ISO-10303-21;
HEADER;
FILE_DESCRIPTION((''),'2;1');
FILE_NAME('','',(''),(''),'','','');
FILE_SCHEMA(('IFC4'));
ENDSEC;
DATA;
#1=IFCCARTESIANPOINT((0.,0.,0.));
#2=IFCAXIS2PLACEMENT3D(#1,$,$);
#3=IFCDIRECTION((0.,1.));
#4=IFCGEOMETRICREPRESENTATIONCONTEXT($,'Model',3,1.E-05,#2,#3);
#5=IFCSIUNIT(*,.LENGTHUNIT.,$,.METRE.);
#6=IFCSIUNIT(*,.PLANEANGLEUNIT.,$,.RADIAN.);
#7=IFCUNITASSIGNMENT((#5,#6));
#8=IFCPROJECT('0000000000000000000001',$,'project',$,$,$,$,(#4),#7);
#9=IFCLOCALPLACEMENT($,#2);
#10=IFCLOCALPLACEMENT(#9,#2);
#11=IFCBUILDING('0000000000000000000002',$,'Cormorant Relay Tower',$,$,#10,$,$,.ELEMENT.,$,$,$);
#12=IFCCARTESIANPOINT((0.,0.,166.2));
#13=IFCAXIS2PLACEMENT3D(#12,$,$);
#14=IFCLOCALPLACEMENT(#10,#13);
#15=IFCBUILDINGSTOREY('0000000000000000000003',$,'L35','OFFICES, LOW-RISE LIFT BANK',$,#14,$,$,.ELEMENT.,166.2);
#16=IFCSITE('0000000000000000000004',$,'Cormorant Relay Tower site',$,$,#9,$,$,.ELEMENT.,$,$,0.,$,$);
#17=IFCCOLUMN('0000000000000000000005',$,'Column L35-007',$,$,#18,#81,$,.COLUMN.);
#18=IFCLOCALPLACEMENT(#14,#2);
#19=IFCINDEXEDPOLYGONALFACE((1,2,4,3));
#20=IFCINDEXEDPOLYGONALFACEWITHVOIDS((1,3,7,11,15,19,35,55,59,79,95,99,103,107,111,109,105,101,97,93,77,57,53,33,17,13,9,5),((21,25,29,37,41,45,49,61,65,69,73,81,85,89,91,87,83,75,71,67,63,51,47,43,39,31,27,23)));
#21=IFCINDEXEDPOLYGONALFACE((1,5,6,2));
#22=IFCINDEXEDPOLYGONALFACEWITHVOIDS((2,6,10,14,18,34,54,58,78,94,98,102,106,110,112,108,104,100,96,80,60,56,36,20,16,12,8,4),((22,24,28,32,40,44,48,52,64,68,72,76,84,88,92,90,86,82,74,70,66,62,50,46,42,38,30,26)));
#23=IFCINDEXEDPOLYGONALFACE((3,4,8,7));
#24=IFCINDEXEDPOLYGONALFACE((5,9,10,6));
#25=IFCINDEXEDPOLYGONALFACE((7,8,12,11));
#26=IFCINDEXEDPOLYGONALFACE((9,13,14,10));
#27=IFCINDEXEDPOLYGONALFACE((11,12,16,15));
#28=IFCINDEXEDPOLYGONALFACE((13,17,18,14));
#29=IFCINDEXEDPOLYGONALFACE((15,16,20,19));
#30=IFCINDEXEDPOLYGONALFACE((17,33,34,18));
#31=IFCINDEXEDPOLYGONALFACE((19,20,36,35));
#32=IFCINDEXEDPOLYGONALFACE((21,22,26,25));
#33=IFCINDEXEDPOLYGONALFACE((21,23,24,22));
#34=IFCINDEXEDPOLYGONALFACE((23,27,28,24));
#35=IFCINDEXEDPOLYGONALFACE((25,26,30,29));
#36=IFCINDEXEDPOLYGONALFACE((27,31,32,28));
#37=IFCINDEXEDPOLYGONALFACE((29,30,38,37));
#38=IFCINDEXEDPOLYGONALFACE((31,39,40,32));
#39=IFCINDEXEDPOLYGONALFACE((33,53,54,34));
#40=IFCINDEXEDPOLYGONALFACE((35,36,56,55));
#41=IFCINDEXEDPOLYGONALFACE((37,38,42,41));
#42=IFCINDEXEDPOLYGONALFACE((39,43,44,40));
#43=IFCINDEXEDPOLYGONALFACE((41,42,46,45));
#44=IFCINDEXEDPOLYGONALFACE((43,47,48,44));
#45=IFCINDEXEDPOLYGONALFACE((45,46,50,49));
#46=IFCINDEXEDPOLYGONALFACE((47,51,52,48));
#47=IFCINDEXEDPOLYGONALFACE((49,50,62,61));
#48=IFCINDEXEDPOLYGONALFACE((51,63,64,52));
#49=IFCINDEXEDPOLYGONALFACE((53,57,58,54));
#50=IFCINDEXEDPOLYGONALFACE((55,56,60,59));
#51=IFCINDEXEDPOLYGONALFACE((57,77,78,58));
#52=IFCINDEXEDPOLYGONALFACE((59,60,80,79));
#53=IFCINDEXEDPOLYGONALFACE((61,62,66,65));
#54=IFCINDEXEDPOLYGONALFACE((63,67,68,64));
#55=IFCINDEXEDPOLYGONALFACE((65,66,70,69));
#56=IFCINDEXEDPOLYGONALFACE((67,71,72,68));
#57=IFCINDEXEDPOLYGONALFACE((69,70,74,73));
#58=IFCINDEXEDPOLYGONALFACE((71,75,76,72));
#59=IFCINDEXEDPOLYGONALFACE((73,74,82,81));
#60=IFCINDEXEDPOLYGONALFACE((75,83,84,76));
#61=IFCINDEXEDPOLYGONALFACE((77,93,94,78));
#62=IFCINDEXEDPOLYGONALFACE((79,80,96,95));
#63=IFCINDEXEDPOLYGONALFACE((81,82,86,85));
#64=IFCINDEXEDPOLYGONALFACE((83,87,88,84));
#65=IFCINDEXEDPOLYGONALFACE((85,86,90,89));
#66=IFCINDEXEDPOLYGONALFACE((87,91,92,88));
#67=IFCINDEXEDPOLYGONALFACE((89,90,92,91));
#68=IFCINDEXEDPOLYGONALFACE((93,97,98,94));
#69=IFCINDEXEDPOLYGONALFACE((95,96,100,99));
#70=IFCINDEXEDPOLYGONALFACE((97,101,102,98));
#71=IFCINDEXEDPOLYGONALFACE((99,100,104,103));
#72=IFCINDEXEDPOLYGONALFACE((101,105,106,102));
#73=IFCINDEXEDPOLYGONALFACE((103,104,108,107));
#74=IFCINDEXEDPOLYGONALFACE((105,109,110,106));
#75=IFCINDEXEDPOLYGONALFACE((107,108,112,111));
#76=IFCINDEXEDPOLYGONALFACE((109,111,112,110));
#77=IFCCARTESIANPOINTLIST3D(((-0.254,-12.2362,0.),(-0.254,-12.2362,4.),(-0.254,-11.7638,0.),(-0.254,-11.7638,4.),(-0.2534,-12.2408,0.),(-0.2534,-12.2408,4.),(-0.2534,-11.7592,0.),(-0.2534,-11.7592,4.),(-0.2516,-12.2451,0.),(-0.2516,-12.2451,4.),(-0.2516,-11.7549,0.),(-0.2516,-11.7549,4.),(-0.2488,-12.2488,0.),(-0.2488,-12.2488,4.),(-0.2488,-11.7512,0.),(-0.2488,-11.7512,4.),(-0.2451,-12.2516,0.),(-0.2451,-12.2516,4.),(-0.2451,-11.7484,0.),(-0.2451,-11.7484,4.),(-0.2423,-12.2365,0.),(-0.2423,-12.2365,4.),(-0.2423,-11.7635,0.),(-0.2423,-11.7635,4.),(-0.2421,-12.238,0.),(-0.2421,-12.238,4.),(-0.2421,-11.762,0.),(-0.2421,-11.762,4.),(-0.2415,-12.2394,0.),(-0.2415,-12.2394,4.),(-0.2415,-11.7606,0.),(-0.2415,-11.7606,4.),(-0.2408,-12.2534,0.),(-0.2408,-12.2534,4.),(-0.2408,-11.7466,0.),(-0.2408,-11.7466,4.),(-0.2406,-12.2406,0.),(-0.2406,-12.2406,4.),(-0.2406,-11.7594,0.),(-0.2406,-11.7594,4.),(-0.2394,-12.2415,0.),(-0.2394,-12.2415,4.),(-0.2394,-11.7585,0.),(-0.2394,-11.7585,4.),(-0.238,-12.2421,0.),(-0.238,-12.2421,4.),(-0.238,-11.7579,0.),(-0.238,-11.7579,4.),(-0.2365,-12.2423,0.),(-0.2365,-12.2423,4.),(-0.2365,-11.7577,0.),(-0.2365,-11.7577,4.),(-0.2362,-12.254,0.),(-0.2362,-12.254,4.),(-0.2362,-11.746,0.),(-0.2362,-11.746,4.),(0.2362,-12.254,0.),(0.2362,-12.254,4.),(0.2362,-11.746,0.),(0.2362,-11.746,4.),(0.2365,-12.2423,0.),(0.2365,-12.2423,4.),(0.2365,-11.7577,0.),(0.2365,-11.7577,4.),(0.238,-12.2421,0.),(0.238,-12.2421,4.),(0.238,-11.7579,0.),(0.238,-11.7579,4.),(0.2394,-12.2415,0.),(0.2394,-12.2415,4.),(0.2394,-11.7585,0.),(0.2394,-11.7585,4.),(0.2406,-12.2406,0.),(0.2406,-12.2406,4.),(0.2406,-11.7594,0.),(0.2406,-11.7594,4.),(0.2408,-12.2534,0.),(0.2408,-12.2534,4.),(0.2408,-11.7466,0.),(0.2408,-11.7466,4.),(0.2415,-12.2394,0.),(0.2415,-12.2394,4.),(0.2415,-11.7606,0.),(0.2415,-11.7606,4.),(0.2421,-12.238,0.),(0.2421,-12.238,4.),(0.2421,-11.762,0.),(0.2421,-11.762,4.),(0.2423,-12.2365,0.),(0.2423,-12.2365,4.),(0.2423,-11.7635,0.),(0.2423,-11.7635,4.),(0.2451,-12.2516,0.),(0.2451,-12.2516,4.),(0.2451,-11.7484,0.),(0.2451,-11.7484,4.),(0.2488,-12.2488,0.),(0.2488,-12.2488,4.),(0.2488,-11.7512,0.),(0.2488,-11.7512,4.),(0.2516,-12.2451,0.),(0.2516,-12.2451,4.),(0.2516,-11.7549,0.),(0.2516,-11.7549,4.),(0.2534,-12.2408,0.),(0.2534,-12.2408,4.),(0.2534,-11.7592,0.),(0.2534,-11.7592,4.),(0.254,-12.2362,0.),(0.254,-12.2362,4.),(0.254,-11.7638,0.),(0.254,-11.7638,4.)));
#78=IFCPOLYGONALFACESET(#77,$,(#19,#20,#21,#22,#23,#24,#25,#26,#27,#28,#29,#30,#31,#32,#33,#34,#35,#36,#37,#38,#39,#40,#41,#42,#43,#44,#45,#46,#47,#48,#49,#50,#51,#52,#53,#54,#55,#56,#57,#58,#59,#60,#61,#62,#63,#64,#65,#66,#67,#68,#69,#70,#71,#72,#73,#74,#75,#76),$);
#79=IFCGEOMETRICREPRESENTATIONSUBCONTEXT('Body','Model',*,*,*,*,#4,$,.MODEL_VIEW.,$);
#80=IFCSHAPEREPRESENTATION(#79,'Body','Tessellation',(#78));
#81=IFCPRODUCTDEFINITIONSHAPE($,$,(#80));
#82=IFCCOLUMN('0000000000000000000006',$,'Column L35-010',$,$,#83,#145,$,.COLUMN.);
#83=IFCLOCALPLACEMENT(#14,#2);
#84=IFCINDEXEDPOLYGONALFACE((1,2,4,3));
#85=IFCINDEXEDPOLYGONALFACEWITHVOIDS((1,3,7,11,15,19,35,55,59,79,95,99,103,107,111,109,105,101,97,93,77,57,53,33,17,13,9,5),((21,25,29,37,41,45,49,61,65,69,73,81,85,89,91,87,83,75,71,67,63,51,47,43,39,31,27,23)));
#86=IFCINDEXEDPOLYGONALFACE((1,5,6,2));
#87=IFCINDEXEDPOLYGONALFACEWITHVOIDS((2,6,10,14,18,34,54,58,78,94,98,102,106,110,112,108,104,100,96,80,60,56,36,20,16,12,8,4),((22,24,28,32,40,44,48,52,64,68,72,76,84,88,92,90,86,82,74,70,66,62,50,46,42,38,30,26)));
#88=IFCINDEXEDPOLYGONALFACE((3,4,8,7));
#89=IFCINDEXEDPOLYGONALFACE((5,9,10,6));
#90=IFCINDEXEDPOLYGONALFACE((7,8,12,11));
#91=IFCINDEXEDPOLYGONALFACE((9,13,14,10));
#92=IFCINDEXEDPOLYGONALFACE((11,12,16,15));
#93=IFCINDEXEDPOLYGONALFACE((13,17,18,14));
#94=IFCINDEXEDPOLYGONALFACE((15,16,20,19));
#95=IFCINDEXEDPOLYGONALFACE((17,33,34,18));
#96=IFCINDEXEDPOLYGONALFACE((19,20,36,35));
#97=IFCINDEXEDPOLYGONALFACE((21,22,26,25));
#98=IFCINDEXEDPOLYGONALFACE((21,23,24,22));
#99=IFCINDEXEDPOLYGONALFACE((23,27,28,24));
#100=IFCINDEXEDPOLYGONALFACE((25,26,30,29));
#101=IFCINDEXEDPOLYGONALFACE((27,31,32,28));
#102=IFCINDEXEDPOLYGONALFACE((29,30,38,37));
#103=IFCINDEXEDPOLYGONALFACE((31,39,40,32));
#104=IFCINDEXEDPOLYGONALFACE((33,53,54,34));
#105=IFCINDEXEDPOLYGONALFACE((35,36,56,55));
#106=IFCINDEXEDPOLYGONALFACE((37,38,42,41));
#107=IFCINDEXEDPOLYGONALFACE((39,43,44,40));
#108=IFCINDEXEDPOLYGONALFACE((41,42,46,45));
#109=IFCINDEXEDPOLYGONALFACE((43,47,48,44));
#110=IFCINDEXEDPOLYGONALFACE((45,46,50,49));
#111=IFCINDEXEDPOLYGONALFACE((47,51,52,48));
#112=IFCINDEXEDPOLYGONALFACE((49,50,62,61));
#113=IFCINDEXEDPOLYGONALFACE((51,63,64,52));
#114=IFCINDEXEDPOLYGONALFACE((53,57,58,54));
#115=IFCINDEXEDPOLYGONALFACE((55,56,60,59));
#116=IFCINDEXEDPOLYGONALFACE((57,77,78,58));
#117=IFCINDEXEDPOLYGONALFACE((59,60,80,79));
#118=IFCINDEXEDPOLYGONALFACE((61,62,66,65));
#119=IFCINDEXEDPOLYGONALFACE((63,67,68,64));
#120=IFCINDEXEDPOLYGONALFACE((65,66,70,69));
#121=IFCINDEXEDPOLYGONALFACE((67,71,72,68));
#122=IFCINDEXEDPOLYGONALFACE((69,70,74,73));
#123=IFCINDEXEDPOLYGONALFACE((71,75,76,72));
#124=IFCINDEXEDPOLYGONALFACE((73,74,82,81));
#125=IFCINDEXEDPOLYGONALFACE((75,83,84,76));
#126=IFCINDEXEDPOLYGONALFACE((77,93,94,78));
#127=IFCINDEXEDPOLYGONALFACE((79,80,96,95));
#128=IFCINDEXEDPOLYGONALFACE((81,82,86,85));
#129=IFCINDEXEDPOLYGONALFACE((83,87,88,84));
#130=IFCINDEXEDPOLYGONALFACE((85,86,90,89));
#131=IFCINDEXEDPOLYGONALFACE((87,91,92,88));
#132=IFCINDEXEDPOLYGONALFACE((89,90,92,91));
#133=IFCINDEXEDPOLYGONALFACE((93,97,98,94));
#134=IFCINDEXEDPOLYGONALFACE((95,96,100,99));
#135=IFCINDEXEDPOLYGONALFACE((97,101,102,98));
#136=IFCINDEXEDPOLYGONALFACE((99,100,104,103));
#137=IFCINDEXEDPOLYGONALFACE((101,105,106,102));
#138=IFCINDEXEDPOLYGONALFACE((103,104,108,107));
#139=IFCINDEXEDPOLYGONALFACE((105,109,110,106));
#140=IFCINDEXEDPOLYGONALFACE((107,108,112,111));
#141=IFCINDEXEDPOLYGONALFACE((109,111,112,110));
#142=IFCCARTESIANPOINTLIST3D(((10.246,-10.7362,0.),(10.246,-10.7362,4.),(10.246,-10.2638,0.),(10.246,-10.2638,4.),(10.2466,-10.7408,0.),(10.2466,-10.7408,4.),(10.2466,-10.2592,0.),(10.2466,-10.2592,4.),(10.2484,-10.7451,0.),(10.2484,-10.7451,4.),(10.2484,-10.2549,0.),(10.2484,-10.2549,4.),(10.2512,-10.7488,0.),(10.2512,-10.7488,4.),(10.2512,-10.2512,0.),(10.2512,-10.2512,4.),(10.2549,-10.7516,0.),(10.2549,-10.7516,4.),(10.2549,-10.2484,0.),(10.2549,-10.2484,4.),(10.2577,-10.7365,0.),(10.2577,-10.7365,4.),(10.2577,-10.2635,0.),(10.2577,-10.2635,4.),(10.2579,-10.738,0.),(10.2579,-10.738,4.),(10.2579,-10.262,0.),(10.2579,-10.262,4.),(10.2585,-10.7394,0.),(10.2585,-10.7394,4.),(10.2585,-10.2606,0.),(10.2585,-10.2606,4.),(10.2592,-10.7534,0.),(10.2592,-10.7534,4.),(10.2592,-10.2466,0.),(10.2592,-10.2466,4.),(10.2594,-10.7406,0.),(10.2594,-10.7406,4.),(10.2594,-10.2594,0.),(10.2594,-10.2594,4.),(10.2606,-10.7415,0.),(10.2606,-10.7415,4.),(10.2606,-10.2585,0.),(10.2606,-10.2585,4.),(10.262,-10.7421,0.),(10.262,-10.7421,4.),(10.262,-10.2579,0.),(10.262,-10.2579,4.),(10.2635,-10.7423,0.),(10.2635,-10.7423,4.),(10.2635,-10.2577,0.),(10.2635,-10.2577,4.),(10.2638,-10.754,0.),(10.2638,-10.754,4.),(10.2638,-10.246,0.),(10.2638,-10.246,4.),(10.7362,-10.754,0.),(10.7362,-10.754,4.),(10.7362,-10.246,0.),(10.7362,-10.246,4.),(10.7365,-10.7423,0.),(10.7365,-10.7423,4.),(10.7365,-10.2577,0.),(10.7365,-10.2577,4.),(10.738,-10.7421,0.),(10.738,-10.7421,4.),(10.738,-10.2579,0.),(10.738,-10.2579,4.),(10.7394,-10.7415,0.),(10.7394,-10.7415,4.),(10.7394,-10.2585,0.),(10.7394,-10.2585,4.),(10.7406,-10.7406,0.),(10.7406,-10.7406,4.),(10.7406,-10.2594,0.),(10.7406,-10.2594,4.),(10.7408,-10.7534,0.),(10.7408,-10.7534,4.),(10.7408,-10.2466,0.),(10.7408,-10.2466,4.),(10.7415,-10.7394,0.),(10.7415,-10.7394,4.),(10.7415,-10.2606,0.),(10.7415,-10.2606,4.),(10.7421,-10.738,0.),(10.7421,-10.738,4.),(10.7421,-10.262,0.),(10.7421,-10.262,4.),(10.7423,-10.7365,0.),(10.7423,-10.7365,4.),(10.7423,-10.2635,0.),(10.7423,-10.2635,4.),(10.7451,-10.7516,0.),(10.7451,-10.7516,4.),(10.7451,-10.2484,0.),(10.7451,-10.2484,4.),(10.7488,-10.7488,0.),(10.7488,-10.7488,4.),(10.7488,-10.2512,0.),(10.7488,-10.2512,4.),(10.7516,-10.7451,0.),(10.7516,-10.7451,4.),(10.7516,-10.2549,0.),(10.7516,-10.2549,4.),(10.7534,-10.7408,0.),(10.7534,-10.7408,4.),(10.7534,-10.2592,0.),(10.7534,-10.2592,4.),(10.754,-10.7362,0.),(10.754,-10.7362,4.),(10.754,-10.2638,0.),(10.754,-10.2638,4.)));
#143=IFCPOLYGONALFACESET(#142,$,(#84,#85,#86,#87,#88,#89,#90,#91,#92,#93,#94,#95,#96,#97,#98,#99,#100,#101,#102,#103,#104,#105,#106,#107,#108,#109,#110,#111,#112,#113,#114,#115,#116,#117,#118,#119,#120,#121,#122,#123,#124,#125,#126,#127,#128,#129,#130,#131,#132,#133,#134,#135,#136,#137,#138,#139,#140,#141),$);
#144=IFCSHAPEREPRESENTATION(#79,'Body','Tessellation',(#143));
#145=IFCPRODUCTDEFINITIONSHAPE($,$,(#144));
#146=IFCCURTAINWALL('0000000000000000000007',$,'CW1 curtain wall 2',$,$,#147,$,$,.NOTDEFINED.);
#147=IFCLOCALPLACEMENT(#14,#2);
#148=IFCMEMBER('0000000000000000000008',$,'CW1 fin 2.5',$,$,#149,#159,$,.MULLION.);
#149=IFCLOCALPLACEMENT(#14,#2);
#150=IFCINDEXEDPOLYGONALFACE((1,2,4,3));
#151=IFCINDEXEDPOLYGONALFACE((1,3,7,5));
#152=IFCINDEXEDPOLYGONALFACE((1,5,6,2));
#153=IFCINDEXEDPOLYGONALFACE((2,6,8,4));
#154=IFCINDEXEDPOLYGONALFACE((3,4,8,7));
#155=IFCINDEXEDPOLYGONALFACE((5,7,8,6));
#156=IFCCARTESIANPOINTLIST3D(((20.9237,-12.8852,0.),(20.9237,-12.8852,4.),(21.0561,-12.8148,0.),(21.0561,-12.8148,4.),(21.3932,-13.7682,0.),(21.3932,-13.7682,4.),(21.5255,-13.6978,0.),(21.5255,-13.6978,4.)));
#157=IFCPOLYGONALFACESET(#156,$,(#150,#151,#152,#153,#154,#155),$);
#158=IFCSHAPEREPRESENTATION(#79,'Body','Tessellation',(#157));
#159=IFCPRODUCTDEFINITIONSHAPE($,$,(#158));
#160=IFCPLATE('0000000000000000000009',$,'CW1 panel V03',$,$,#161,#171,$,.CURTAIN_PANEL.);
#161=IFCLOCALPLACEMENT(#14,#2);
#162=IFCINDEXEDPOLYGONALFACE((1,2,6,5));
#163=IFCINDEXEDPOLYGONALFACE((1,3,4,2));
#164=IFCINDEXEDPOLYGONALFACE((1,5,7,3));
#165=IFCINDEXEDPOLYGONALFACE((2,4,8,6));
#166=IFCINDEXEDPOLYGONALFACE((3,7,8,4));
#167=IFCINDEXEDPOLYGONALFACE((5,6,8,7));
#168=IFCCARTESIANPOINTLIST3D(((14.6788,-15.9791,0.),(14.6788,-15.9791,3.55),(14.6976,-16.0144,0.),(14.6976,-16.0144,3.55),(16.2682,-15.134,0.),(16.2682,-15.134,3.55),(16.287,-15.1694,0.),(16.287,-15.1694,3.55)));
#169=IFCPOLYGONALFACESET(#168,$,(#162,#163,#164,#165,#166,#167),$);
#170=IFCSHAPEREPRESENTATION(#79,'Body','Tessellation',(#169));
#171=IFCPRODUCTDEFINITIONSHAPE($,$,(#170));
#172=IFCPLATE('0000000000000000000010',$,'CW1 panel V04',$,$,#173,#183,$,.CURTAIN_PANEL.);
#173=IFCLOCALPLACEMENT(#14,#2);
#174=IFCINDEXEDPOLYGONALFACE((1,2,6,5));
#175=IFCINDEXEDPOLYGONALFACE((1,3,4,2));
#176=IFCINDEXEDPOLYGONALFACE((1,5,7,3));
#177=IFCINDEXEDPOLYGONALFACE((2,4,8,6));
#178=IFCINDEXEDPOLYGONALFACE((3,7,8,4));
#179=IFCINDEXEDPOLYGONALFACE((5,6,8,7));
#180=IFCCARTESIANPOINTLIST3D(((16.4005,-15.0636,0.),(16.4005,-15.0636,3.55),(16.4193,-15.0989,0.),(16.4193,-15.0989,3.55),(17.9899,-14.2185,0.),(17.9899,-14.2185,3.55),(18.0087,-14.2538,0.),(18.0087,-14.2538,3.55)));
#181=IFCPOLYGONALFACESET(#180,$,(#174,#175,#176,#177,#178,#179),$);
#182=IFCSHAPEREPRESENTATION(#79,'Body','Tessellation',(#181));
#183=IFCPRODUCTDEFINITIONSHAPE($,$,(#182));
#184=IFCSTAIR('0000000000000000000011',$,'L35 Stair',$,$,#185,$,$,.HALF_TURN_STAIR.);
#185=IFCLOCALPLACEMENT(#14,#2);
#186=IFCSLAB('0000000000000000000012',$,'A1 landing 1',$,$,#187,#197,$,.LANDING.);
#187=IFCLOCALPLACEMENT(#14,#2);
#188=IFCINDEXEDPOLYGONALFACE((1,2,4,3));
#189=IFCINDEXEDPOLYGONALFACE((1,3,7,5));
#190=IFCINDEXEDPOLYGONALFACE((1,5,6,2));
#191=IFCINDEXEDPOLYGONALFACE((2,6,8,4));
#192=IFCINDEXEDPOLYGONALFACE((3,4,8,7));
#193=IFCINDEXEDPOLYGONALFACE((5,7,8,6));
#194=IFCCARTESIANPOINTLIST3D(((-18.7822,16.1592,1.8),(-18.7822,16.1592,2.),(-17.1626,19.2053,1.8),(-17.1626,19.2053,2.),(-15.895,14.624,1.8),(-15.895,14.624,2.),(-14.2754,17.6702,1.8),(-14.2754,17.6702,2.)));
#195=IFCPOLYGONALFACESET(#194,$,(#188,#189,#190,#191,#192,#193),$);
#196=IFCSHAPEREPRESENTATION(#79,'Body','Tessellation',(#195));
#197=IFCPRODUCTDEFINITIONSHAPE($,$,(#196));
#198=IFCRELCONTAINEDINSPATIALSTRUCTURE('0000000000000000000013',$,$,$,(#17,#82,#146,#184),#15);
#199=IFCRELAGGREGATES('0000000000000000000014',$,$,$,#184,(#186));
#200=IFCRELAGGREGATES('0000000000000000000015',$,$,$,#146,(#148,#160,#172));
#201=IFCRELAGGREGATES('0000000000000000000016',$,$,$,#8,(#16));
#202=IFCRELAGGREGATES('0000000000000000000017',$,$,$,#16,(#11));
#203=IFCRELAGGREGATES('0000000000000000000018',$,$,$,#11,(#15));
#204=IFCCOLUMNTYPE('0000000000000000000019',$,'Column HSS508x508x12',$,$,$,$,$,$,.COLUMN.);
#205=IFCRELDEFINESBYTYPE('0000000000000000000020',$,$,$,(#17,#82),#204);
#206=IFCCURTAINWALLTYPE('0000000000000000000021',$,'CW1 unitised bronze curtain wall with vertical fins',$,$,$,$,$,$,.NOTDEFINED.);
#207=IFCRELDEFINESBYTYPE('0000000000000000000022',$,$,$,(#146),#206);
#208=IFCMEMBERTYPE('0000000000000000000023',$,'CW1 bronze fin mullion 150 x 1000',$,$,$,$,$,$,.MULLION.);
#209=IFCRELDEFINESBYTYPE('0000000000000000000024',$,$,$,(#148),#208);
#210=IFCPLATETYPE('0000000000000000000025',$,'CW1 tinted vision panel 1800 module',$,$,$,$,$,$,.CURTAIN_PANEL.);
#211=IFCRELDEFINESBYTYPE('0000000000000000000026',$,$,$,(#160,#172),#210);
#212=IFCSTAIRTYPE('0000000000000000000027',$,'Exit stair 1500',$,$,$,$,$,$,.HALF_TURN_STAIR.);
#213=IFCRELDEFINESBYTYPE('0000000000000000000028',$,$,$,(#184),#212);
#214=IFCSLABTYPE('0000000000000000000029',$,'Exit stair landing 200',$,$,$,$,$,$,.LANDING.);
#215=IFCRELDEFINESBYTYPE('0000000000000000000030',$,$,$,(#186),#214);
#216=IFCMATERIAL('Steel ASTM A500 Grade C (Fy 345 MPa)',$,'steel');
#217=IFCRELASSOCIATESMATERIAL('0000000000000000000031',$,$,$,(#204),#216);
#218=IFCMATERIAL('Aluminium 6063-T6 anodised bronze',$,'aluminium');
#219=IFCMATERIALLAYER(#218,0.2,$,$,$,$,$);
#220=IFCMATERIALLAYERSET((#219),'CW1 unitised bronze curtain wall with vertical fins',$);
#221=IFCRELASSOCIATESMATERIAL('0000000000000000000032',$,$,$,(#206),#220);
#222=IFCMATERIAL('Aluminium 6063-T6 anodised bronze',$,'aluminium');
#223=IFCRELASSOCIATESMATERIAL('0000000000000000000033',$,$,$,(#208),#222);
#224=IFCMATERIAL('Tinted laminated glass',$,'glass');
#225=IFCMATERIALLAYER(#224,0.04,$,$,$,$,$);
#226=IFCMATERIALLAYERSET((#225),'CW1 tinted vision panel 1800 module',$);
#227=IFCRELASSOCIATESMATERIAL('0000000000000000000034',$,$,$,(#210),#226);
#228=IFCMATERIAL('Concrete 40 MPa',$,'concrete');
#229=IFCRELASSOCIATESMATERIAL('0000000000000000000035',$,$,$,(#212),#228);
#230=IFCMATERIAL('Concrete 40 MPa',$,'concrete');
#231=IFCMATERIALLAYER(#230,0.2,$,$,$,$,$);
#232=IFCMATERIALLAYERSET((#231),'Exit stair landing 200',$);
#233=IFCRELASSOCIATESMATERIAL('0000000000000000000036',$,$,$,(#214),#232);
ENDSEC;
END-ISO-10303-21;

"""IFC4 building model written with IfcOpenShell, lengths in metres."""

from ifc_helpers import new_model, si_unit, direction, frame, origin, origin_2d, place, context, subcontext, project, spatial, polyline, rectangle, hollow_rectangle, outline, extrude, material, layer, layer_set, material_profile, profile_set, type_object, element, aggregate, save


model = new_model("IFC4")

# Units and contexts
model_context = context("Model", 3, precision=1e-05, world=origin(), true_north=direction((0.0, 1.0)))
body_context = subcontext(model_context, "Body", "Model", "MODEL_VIEW")
ifc_project = project(units=[si_unit("LENGTHUNIT", "METRE"), si_unit("PLANEANGLEUNIT", "RADIAN")], contexts=[model_context])

# Site, building, storey
site_placement = place(None, origin())
site = spatial("IfcSite", under=ifc_project, at=site_placement, Name="Cormorant Relay Tower site", CompositionType="ELEMENT", RefElevation=0.0)
building_placement = place(site_placement, origin())
building = spatial("IfcBuilding", under=site, at=building_placement, Name="Cormorant Relay Tower", CompositionType="ELEMENT")
storey_placement = place(building_placement, frame((0.0, 0.0, 166.2)))
storey = spatial("IfcBuildingStorey", under=building, at=storey_placement, Name="L35", Description="OFFICES, LOW-RISE LIFT BANK", CompositionType="ELEMENT", Elevation=166.2)

# Columns
ifc_material_1 = material(Name="Steel ASTM A500 Grade C (Fy 345 MPa)", Category="steel")
ifc_material_profile_1 = material_profile(ifc_material_1, hollow_rectangle(XDim=0.5081, YDim=0.5081, WallThickness=0.0117, InnerFilletRadius=0.0059, OuterFilletRadius=0.0178, at=origin_2d()), Name="HSS508x508x12")
ifc_profile_set_1 = profile_set([ifc_material_profile_1], Name="Steel ASTM A500 Grade C (Fy 345 MPa)")
column_type = type_object("IfcColumnType", Name="Column HSS508x508x12", PredefinedType="COLUMN", material=ifc_profile_set_1)
for number, where, z_axis, x_axis, name in (
    (1, (0.0, -12.0, 0.0), (0.0, 0.0, 1.0), (1.0, 0.0, 0.0), "Column L35-007"),
    (2, (10.5, -10.5, 0.0), (0.0, 0.0, 1.0), (1.0, 0.0, 0.0), "Column L35-010"),
):
    element("IfcColumn", number, at=place(storey_placement, frame(where, z_axis=z_axis, x_axis=x_axis)), inside=storey, type_object=column_type, Name=name, PredefinedType="COLUMN", context=body_context, shape_type="SweptSolid", body=[
        extrude(hollow_rectangle(XDim=0.5081, YDim=0.5081, WallThickness=0.0117, InnerFilletRadius=0.0059, OuterFilletRadius=0.0178, at=origin_2d()), origin(), (0.0, 0.0, 1.0), 4.0),
    ])

# Curtain wall, member, plates
ifc_material_2 = material(Name="Aluminium 6063-T6 anodised bronze", Category="aluminium")
ifc_layer_1 = layer(ifc_material_2, 0.2)
ifc_layer_set_1 = layer_set([ifc_layer_1], Name="CW1 unitised bronze curtain wall with vertical fins")
curtain_wall_type = type_object("IfcCurtainWallType", Name="CW1 unitised bronze curtain wall with vertical fins", PredefinedType="NOTDEFINED", material=ifc_layer_set_1)
curtain_wall_placement = place(storey_placement, origin())
curtain_wall = element("IfcCurtainWall", 3, at=curtain_wall_placement, inside=storey, type_object=curtain_wall_type, Name="CW1 curtain wall 2", PredefinedType="NOTDEFINED")
ifc_material_3 = material(Name="Aluminium 6063-T6 anodised bronze", Category="aluminium")
ifc_material_profile_2 = material_profile(ifc_material_3, rectangle(XDim=0.1499, YDim=1.0, at=origin_2d()), Name="AL 150x1000")
ifc_profile_set_2 = profile_set([ifc_material_profile_2], Name="Aluminium 6063-T6 anodised bronze")
member_type = type_object("IfcMemberType", Name="CW1 bronze fin mullion 150 x 1000", PredefinedType="MULLION", material=ifc_profile_set_2)
member_placement = place(storey_placement, frame((21.2246, -13.2915, 0.0), z_axis=(0.0, 0.0, 1.0), x_axis=(0.882948, 0.469472, 0.0)))
member = element("IfcMember", 4, at=member_placement, type_object=member_type, Name="CW1 fin 2.5", PredefinedType="MULLION", context=body_context, shape_type="SweptSolid", body=[
    extrude(rectangle(XDim=0.1499, YDim=1.0, at=origin_2d()), origin(), (0.0, 0.0, 1.0), 4.0),
])
ifc_material_4 = material(Name="Tinted laminated glass", Category="glass")
ifc_layer_2 = layer(ifc_material_4, 0.04)
ifc_layer_set_2 = layer_set([ifc_layer_2], Name="CW1 tinted vision panel 1800 module")
plate_type = type_object("IfcPlateType", Name="CW1 tinted vision panel 1800 module", PredefinedType="CURTAIN_PANEL", material=ifc_layer_set_2)
plate_1_placement = place(storey_placement, frame((15.4829, -15.5742, 0.0), z_axis=(0.0, 0.0, 1.0), x_axis=(0.882948, 0.469472, 0.0)))
plate_1 = element("IfcPlate", 5, at=plate_1_placement, type_object=plate_type, Name="CW1 panel V03", PredefinedType="CURTAIN_PANEL", context=body_context, shape_type="SweptSolid", body=[
    extrude(rectangle(XDim=1.8, YDim=0.04, at=origin_2d()), origin(), (0.0, 0.0, 1.0), 3.55),
])
plate_2_placement = place(storey_placement, frame((17.2046, -14.6587, 0.0), z_axis=(0.0, 0.0, 1.0), x_axis=(0.882948, 0.469472, 0.0)))
plate_2 = element("IfcPlate", 6, at=plate_2_placement, type_object=plate_type, Name="CW1 panel V04", PredefinedType="CURTAIN_PANEL", context=body_context, shape_type="SweptSolid", body=[
    extrude(rectangle(XDim=1.8, YDim=0.04, at=origin_2d()), origin(), (0.0, 0.0, 1.0), 3.55),
])

# Stair, slab
ifc_material_5 = material(Name="Concrete 40 MPa", Category="concrete")
stair_type = type_object("IfcStairType", Name="Exit stair 1500", PredefinedType="HALF_TURN_STAIR", material=ifc_material_5)
stair_placement = place(storey_placement, origin())
stair = element("IfcStair", 7, at=stair_placement, inside=storey, type_object=stair_type, Name="L35 Stair", PredefinedType="HALF_TURN_STAIR")
ifc_material_6 = material(Name="Concrete 40 MPa", Category="concrete")
ifc_layer_3 = layer(ifc_material_6, 0.2)
ifc_layer_set_3 = layer_set([ifc_layer_3], Name="Exit stair landing 200")
slab_type_1 = type_object("IfcSlabType", Name="Exit stair landing 200", PredefinedType="LANDING", material=ifc_layer_set_3)
slab_1_placement = place(storey_placement, frame((0.0, 0.0, 1.8)))
slab_1 = element("IfcSlab", 8, at=slab_1_placement, type_object=slab_type_1, Name="A1 landing 1", PredefinedType="LANDING", context=body_context, shape_type="SweptSolid", body=[
    extrude(outline(polyline([(-18.7822, 16.1592), (-15.895, 14.624), (-14.2754, 17.6702), (-17.1626, 19.2053), (-18.7822, 16.1592)])), origin(), (0.0, 0.0, 1.0), 0.2),
])
aggregate(stair, [slab_1])

aggregate(curtain_wall, [member, plate_1, plate_2])

save(model, "model.ifc")
